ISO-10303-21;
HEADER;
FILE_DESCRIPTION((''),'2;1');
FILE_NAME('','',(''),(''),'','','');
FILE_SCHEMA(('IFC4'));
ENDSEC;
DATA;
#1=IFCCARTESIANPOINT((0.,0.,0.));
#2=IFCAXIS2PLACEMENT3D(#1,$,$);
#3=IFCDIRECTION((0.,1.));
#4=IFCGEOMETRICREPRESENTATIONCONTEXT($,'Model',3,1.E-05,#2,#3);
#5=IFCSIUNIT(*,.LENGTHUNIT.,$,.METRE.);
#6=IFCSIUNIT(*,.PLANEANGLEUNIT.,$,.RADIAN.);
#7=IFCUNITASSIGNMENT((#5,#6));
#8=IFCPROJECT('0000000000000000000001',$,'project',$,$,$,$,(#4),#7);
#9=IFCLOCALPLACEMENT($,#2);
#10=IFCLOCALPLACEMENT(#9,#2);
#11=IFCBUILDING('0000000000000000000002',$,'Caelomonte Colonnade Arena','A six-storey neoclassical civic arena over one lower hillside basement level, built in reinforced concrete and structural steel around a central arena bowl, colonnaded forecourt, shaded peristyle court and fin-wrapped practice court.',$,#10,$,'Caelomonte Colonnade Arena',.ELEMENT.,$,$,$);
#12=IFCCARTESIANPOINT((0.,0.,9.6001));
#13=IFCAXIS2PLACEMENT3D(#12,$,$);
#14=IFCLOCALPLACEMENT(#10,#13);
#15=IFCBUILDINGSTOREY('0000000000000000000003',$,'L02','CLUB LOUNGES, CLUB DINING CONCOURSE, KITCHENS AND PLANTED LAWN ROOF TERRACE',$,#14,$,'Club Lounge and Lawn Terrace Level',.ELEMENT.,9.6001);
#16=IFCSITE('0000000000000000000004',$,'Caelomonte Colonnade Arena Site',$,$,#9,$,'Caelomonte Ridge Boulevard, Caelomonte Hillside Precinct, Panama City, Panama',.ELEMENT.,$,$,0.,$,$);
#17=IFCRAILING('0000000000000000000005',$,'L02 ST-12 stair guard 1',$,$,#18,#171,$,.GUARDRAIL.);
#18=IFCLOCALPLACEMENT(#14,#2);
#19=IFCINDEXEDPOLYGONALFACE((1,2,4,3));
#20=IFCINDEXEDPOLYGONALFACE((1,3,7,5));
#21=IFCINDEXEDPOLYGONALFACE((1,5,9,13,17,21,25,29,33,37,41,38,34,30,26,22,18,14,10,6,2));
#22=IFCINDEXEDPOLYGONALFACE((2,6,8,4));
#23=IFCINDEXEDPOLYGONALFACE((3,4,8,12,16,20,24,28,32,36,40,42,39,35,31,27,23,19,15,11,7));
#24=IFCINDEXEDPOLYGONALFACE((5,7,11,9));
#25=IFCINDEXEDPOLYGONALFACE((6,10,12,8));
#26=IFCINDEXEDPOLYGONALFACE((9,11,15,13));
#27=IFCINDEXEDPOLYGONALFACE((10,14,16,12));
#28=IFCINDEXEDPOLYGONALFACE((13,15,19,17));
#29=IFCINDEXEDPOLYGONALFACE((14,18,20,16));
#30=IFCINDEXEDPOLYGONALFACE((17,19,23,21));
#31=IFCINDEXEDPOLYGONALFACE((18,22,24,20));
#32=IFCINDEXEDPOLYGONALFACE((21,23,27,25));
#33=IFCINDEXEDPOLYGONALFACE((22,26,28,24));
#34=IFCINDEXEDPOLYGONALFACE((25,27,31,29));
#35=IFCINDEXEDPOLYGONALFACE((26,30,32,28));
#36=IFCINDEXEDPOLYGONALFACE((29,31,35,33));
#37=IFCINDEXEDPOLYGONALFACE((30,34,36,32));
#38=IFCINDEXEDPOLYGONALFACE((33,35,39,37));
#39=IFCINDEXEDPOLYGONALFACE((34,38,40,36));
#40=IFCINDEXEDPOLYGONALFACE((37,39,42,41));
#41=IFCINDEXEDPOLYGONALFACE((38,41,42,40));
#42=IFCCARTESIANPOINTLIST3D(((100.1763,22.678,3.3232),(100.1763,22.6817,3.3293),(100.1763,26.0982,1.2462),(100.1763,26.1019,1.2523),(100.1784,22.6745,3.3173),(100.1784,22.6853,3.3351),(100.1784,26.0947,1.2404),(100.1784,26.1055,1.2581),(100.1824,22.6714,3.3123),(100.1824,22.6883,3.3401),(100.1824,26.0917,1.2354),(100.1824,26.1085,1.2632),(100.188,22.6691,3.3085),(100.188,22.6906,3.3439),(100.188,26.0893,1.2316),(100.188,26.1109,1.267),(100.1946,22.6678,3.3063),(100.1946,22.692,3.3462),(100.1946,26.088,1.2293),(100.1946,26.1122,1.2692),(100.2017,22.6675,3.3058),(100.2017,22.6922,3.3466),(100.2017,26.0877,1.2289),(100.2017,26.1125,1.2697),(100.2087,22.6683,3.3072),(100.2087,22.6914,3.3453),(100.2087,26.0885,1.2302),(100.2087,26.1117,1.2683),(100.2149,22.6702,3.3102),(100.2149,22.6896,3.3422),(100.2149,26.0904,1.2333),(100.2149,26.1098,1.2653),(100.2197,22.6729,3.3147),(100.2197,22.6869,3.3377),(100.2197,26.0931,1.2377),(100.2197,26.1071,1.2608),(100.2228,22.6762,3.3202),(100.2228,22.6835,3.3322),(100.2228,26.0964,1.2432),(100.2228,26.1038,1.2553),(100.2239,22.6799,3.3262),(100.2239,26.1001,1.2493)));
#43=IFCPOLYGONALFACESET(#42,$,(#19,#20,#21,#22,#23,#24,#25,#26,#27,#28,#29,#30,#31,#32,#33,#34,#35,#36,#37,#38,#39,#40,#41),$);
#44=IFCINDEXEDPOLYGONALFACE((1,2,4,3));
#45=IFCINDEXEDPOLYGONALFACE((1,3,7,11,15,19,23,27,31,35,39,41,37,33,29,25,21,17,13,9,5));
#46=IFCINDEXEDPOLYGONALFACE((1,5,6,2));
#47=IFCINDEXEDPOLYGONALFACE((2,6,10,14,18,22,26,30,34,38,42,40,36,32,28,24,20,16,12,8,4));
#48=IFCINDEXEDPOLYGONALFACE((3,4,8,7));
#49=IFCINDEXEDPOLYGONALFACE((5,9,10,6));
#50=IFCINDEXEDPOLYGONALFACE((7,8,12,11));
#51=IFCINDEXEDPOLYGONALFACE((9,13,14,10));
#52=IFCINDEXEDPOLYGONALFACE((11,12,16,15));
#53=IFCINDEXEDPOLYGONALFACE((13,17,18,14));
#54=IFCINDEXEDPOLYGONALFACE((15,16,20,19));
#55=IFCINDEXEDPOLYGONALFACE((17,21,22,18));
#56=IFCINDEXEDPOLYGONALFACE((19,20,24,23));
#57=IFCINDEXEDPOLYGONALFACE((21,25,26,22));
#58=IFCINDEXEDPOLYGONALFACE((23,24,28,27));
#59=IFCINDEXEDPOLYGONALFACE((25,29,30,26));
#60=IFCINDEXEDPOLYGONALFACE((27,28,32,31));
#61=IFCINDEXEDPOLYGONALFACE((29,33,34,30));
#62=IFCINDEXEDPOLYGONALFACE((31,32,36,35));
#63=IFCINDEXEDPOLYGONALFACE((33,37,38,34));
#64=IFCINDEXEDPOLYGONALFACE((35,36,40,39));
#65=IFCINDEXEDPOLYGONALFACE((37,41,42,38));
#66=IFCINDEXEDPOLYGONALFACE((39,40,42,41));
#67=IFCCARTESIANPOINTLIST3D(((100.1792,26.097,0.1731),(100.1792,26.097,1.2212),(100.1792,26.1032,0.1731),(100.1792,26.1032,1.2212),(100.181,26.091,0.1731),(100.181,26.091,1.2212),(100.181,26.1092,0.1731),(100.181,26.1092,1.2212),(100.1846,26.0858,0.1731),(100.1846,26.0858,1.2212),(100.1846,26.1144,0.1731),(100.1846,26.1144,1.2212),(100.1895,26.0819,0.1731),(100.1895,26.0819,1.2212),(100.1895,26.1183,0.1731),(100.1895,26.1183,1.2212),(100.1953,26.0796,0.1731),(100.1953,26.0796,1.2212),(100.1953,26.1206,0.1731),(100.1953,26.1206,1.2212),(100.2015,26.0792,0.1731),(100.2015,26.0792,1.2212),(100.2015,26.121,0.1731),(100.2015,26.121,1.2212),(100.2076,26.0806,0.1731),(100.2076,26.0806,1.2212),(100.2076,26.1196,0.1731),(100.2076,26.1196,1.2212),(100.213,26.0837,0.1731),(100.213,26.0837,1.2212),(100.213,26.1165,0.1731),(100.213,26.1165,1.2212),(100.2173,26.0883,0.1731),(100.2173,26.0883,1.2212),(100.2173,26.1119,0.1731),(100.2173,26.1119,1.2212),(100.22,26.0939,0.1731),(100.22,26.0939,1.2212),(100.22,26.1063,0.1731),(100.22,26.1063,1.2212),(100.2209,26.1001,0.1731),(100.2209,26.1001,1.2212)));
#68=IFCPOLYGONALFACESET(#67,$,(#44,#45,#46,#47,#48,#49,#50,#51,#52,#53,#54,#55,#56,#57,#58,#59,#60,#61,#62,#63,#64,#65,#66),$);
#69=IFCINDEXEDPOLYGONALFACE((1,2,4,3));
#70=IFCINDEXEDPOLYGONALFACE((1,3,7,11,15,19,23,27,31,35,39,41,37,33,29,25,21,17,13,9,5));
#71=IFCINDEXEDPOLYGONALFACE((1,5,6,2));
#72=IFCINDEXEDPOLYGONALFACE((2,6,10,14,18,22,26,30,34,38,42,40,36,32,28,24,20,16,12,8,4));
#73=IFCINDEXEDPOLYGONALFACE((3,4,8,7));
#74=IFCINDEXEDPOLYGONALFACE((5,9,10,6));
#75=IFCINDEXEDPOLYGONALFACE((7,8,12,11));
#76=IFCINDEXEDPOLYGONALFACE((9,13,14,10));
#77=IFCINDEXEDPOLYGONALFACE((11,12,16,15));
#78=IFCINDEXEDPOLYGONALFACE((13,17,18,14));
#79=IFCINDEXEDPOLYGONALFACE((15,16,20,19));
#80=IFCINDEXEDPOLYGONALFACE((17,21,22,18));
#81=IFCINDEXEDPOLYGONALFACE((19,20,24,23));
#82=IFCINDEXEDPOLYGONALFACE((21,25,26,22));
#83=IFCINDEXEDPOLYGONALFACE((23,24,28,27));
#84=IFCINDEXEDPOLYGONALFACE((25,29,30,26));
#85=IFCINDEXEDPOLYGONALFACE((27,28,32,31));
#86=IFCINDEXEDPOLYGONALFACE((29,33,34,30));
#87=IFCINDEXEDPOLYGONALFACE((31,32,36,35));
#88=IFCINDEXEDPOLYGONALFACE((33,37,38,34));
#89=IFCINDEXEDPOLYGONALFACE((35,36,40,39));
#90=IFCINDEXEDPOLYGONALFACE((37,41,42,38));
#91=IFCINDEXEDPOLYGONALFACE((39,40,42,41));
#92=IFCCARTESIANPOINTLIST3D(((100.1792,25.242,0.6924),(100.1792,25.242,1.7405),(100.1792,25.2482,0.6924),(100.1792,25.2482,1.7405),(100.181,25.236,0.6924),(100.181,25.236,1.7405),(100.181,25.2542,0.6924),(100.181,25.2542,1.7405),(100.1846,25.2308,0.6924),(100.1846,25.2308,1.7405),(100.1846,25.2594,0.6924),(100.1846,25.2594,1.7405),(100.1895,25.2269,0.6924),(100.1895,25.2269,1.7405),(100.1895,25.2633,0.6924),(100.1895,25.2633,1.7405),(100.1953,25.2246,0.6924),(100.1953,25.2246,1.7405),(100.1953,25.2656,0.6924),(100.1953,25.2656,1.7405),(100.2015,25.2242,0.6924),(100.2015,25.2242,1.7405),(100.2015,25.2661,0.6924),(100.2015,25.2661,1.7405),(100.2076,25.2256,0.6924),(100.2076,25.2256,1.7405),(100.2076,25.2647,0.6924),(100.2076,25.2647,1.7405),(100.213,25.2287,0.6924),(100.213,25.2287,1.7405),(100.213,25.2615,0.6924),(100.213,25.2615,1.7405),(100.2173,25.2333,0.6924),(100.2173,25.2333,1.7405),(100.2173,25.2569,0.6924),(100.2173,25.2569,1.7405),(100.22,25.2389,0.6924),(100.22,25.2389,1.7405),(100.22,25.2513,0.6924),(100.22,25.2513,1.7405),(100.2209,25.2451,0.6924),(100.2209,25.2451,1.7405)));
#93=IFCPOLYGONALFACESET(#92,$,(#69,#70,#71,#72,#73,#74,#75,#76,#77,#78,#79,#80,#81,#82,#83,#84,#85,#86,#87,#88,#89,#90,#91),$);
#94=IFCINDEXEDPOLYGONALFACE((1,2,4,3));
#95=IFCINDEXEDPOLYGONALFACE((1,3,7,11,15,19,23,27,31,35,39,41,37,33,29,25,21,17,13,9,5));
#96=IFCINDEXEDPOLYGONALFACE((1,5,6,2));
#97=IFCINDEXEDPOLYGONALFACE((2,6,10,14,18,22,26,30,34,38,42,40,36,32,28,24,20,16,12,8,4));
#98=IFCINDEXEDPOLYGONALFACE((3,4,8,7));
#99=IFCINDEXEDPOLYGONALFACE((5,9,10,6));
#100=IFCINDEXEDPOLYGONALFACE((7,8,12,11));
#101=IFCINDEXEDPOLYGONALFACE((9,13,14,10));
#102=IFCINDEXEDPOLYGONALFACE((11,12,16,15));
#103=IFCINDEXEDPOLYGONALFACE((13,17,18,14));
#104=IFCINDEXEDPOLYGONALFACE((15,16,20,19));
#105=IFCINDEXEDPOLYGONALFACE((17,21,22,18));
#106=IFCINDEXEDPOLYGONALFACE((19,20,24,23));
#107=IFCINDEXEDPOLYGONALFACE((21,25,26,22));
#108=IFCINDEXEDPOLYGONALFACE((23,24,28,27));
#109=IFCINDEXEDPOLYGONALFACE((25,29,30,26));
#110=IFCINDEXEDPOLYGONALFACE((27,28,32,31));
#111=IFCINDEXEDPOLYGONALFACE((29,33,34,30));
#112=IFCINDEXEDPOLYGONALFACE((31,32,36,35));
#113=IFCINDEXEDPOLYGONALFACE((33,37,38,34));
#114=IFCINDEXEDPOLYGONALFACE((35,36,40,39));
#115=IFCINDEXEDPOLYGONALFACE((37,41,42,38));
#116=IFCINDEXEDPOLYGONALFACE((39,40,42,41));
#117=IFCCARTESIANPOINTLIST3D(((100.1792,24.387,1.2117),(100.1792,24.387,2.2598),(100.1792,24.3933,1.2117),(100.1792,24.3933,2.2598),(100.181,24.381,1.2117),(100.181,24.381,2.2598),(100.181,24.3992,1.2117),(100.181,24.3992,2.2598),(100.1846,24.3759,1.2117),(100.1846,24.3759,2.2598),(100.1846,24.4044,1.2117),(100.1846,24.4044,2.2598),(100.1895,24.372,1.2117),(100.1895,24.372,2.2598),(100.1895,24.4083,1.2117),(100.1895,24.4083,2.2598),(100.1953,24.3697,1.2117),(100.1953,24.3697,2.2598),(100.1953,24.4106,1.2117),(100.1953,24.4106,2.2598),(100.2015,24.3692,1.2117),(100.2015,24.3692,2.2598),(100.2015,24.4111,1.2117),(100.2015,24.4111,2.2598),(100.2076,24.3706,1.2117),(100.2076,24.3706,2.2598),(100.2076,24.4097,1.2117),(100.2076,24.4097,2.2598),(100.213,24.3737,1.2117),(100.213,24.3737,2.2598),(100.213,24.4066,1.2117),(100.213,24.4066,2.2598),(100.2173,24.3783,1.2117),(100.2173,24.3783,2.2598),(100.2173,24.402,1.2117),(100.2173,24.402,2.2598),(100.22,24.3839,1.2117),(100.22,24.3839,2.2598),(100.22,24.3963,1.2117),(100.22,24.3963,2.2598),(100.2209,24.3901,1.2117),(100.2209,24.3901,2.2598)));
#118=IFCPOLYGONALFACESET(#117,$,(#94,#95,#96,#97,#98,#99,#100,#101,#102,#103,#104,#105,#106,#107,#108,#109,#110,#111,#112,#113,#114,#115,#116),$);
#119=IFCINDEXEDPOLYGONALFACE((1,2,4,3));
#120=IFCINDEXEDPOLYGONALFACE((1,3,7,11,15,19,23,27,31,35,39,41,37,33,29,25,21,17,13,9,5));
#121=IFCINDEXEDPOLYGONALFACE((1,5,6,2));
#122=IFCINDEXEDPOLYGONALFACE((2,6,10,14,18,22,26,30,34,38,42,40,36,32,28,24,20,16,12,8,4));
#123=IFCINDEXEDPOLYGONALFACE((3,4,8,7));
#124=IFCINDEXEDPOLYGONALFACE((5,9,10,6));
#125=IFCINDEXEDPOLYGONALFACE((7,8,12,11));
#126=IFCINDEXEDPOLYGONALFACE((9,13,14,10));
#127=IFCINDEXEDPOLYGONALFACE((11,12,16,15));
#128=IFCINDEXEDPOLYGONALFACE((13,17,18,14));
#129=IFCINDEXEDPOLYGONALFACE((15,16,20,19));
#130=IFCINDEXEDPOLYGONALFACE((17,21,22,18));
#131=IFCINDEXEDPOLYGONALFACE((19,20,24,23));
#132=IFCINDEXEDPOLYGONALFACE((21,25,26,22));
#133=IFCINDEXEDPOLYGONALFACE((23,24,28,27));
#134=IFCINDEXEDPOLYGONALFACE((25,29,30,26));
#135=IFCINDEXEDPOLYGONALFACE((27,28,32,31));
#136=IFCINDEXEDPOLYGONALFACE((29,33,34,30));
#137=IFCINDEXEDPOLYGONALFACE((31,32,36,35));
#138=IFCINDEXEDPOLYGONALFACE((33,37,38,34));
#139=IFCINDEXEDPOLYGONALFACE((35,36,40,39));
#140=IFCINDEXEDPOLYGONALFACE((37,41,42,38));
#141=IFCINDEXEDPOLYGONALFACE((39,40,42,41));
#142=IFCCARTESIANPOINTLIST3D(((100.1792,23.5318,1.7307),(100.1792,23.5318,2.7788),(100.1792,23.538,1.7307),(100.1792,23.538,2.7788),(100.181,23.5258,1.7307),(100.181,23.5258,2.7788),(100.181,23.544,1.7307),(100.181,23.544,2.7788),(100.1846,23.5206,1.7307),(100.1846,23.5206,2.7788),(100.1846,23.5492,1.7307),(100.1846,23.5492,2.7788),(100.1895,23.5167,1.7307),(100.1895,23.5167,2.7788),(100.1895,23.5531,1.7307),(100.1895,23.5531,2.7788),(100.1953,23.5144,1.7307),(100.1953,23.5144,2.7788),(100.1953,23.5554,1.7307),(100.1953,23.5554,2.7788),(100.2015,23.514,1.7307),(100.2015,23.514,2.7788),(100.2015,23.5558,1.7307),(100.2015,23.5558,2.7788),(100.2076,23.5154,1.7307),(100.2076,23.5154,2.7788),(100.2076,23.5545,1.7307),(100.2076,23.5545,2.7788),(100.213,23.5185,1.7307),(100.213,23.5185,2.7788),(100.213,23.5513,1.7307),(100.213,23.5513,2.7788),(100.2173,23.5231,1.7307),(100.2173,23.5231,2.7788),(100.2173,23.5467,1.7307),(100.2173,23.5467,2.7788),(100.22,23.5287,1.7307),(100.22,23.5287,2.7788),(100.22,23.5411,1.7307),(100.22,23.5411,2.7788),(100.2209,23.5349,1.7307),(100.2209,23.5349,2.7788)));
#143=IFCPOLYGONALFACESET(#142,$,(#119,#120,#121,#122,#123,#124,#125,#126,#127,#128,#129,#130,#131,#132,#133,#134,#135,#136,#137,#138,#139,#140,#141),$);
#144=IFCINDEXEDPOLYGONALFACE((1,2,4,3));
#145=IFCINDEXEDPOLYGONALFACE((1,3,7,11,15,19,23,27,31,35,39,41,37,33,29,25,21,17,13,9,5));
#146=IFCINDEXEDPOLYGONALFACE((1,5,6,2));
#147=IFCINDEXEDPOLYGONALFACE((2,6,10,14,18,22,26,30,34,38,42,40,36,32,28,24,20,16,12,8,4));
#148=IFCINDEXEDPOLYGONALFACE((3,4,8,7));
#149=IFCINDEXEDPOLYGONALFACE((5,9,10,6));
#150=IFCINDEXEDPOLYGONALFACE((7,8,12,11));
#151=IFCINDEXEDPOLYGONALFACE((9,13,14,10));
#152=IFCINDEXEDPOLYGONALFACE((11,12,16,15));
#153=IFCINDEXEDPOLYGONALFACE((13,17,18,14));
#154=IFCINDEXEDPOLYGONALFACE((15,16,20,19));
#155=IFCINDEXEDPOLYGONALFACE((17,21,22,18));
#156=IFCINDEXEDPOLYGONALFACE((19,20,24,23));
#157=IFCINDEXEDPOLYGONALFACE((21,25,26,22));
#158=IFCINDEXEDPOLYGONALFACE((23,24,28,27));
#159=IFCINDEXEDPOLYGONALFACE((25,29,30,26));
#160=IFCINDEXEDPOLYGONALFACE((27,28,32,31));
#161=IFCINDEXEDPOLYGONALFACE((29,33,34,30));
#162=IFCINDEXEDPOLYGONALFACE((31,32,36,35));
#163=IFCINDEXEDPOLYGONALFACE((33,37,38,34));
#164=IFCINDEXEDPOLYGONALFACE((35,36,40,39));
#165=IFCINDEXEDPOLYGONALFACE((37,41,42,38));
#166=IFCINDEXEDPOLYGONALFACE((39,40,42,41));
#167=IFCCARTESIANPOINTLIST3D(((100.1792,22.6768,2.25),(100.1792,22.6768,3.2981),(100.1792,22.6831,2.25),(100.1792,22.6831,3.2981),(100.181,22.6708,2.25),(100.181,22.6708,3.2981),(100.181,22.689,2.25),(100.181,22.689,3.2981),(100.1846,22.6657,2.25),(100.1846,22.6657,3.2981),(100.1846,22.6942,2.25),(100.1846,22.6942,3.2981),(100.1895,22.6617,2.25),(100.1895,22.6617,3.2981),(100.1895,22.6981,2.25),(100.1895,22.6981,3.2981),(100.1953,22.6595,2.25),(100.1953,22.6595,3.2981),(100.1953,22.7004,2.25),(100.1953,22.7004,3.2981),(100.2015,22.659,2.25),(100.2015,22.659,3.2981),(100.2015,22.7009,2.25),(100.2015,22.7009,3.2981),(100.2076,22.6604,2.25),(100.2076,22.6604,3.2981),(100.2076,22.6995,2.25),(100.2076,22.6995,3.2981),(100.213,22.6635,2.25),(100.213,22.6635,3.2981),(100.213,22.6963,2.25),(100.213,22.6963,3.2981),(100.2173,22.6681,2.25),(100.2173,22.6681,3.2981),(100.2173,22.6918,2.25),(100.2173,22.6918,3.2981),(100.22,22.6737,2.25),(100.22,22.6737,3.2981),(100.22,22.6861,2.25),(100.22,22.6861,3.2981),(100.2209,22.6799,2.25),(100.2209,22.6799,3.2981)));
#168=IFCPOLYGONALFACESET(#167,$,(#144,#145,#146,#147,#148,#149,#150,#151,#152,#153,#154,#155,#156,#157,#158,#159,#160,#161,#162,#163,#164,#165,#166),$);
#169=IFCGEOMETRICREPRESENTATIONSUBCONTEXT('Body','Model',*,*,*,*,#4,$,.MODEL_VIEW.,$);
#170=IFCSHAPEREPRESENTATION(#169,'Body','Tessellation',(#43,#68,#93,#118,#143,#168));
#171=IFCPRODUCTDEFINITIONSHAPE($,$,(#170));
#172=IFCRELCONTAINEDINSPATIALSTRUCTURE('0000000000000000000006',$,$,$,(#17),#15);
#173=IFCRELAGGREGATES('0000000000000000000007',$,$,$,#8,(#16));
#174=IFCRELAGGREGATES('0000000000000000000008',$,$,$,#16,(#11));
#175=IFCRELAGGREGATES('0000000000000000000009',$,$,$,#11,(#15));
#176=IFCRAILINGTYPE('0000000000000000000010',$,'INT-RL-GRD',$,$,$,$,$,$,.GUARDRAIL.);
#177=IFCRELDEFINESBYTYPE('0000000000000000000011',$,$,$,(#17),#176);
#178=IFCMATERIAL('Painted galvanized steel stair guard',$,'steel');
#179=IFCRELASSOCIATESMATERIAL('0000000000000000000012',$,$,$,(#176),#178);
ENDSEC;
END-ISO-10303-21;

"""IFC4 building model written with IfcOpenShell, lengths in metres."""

from ifc_helpers import new_model, si_unit, direction, frame, origin, origin_2d, place, context, subcontext, project, spatial, circle, extrude, material, type_object, element, save


model = new_model("IFC4")

# Units and contexts
model_context = context("Model", 3, precision=1e-05, world=origin(), true_north=direction((0.0, 1.0)))
body_context = subcontext(model_context, "Body", "Model", "MODEL_VIEW")
ifc_project = project(units=[si_unit("LENGTHUNIT", "METRE"), si_unit("PLANEANGLEUNIT", "RADIAN")], contexts=[model_context])

# Site, building, storey
site_placement = place(None, origin())
site = spatial("IfcSite", under=ifc_project, at=site_placement, Name="Caelomonte Colonnade Arena Site", LongName="Caelomonte Ridge Boulevard, Caelomonte Hillside Precinct, Panama City, Panama", CompositionType="ELEMENT", RefElevation=0.0)
building_placement = place(site_placement, origin())
building = spatial("IfcBuilding", under=site, at=building_placement, Name="Caelomonte Colonnade Arena", Description="A six-storey neoclassical civic arena over one lower hillside basement level, built in reinforced concrete and structural steel around a central arena bowl, colonnaded forecourt, shaded peristyle court and fin-wrapped practice court.", LongName="Caelomonte Colonnade Arena", CompositionType="ELEMENT")
storey_placement = place(building_placement, frame((0.0, 0.0, 9.6001)))
storey = spatial("IfcBuildingStorey", under=building, at=storey_placement, Name="L02", Description="CLUB LOUNGES, CLUB DINING CONCOURSE, KITCHENS AND PLANTED LAWN ROOF TERRACE", LongName="Club Lounge and Lawn Terrace Level", CompositionType="ELEMENT", Elevation=9.6001)

# Railing
ifc_material_1 = material(Name="Painted galvanized steel stair guard", Category="steel")
railing_type_1 = type_object("IfcRailingType", Name="INT-RL-GRD", PredefinedType="GUARDRAIL", material=ifc_material_1)
railing_1_placement = place(storey_placement, frame((100.2, 26.1001, 0.1731)))
element("IfcRailing", 1, at=railing_1_placement, inside=storey, type_object=railing_type_1, Name="L02 ST-12 stair guard 1", PredefinedType="GUARDRAIL", context=body_context, shape_type="SweptSolid", body=[
    extrude(circle(Radius=0.0239, at=origin_2d()), frame((0.0, 0.0, 1.0762), z_axis=(0.0, -0.854746, 0.519047), x_axis=(1.0, 0.0, 0.0)), (0.0, 0.0, 1.0), 4.0015),
    extrude(circle(Radius=0.021, at=origin_2d()), origin(), (0.0, 0.0, 1.0), 1.0481),
    extrude(circle(Radius=0.021, at=origin_2d()), frame((0.0, -0.855, 0.5193)), (0.0, 0.0, 1.0), 1.0481),
    extrude(circle(Radius=0.021, at=origin_2d()), frame((0.0, -1.71, 1.0386)), (0.0, 0.0, 1.0), 1.0481),
    extrude(circle(Radius=0.021, at=origin_2d()), frame((0.0, -2.5652, 1.5576)), (0.0, 0.0, 1.0), 1.0481),
    extrude(circle(Radius=0.021, at=origin_2d()), frame((0.0, -3.4202, 2.0769)), (0.0, 0.0, 1.0), 1.0481),
])

save(model, "model.ifc")
